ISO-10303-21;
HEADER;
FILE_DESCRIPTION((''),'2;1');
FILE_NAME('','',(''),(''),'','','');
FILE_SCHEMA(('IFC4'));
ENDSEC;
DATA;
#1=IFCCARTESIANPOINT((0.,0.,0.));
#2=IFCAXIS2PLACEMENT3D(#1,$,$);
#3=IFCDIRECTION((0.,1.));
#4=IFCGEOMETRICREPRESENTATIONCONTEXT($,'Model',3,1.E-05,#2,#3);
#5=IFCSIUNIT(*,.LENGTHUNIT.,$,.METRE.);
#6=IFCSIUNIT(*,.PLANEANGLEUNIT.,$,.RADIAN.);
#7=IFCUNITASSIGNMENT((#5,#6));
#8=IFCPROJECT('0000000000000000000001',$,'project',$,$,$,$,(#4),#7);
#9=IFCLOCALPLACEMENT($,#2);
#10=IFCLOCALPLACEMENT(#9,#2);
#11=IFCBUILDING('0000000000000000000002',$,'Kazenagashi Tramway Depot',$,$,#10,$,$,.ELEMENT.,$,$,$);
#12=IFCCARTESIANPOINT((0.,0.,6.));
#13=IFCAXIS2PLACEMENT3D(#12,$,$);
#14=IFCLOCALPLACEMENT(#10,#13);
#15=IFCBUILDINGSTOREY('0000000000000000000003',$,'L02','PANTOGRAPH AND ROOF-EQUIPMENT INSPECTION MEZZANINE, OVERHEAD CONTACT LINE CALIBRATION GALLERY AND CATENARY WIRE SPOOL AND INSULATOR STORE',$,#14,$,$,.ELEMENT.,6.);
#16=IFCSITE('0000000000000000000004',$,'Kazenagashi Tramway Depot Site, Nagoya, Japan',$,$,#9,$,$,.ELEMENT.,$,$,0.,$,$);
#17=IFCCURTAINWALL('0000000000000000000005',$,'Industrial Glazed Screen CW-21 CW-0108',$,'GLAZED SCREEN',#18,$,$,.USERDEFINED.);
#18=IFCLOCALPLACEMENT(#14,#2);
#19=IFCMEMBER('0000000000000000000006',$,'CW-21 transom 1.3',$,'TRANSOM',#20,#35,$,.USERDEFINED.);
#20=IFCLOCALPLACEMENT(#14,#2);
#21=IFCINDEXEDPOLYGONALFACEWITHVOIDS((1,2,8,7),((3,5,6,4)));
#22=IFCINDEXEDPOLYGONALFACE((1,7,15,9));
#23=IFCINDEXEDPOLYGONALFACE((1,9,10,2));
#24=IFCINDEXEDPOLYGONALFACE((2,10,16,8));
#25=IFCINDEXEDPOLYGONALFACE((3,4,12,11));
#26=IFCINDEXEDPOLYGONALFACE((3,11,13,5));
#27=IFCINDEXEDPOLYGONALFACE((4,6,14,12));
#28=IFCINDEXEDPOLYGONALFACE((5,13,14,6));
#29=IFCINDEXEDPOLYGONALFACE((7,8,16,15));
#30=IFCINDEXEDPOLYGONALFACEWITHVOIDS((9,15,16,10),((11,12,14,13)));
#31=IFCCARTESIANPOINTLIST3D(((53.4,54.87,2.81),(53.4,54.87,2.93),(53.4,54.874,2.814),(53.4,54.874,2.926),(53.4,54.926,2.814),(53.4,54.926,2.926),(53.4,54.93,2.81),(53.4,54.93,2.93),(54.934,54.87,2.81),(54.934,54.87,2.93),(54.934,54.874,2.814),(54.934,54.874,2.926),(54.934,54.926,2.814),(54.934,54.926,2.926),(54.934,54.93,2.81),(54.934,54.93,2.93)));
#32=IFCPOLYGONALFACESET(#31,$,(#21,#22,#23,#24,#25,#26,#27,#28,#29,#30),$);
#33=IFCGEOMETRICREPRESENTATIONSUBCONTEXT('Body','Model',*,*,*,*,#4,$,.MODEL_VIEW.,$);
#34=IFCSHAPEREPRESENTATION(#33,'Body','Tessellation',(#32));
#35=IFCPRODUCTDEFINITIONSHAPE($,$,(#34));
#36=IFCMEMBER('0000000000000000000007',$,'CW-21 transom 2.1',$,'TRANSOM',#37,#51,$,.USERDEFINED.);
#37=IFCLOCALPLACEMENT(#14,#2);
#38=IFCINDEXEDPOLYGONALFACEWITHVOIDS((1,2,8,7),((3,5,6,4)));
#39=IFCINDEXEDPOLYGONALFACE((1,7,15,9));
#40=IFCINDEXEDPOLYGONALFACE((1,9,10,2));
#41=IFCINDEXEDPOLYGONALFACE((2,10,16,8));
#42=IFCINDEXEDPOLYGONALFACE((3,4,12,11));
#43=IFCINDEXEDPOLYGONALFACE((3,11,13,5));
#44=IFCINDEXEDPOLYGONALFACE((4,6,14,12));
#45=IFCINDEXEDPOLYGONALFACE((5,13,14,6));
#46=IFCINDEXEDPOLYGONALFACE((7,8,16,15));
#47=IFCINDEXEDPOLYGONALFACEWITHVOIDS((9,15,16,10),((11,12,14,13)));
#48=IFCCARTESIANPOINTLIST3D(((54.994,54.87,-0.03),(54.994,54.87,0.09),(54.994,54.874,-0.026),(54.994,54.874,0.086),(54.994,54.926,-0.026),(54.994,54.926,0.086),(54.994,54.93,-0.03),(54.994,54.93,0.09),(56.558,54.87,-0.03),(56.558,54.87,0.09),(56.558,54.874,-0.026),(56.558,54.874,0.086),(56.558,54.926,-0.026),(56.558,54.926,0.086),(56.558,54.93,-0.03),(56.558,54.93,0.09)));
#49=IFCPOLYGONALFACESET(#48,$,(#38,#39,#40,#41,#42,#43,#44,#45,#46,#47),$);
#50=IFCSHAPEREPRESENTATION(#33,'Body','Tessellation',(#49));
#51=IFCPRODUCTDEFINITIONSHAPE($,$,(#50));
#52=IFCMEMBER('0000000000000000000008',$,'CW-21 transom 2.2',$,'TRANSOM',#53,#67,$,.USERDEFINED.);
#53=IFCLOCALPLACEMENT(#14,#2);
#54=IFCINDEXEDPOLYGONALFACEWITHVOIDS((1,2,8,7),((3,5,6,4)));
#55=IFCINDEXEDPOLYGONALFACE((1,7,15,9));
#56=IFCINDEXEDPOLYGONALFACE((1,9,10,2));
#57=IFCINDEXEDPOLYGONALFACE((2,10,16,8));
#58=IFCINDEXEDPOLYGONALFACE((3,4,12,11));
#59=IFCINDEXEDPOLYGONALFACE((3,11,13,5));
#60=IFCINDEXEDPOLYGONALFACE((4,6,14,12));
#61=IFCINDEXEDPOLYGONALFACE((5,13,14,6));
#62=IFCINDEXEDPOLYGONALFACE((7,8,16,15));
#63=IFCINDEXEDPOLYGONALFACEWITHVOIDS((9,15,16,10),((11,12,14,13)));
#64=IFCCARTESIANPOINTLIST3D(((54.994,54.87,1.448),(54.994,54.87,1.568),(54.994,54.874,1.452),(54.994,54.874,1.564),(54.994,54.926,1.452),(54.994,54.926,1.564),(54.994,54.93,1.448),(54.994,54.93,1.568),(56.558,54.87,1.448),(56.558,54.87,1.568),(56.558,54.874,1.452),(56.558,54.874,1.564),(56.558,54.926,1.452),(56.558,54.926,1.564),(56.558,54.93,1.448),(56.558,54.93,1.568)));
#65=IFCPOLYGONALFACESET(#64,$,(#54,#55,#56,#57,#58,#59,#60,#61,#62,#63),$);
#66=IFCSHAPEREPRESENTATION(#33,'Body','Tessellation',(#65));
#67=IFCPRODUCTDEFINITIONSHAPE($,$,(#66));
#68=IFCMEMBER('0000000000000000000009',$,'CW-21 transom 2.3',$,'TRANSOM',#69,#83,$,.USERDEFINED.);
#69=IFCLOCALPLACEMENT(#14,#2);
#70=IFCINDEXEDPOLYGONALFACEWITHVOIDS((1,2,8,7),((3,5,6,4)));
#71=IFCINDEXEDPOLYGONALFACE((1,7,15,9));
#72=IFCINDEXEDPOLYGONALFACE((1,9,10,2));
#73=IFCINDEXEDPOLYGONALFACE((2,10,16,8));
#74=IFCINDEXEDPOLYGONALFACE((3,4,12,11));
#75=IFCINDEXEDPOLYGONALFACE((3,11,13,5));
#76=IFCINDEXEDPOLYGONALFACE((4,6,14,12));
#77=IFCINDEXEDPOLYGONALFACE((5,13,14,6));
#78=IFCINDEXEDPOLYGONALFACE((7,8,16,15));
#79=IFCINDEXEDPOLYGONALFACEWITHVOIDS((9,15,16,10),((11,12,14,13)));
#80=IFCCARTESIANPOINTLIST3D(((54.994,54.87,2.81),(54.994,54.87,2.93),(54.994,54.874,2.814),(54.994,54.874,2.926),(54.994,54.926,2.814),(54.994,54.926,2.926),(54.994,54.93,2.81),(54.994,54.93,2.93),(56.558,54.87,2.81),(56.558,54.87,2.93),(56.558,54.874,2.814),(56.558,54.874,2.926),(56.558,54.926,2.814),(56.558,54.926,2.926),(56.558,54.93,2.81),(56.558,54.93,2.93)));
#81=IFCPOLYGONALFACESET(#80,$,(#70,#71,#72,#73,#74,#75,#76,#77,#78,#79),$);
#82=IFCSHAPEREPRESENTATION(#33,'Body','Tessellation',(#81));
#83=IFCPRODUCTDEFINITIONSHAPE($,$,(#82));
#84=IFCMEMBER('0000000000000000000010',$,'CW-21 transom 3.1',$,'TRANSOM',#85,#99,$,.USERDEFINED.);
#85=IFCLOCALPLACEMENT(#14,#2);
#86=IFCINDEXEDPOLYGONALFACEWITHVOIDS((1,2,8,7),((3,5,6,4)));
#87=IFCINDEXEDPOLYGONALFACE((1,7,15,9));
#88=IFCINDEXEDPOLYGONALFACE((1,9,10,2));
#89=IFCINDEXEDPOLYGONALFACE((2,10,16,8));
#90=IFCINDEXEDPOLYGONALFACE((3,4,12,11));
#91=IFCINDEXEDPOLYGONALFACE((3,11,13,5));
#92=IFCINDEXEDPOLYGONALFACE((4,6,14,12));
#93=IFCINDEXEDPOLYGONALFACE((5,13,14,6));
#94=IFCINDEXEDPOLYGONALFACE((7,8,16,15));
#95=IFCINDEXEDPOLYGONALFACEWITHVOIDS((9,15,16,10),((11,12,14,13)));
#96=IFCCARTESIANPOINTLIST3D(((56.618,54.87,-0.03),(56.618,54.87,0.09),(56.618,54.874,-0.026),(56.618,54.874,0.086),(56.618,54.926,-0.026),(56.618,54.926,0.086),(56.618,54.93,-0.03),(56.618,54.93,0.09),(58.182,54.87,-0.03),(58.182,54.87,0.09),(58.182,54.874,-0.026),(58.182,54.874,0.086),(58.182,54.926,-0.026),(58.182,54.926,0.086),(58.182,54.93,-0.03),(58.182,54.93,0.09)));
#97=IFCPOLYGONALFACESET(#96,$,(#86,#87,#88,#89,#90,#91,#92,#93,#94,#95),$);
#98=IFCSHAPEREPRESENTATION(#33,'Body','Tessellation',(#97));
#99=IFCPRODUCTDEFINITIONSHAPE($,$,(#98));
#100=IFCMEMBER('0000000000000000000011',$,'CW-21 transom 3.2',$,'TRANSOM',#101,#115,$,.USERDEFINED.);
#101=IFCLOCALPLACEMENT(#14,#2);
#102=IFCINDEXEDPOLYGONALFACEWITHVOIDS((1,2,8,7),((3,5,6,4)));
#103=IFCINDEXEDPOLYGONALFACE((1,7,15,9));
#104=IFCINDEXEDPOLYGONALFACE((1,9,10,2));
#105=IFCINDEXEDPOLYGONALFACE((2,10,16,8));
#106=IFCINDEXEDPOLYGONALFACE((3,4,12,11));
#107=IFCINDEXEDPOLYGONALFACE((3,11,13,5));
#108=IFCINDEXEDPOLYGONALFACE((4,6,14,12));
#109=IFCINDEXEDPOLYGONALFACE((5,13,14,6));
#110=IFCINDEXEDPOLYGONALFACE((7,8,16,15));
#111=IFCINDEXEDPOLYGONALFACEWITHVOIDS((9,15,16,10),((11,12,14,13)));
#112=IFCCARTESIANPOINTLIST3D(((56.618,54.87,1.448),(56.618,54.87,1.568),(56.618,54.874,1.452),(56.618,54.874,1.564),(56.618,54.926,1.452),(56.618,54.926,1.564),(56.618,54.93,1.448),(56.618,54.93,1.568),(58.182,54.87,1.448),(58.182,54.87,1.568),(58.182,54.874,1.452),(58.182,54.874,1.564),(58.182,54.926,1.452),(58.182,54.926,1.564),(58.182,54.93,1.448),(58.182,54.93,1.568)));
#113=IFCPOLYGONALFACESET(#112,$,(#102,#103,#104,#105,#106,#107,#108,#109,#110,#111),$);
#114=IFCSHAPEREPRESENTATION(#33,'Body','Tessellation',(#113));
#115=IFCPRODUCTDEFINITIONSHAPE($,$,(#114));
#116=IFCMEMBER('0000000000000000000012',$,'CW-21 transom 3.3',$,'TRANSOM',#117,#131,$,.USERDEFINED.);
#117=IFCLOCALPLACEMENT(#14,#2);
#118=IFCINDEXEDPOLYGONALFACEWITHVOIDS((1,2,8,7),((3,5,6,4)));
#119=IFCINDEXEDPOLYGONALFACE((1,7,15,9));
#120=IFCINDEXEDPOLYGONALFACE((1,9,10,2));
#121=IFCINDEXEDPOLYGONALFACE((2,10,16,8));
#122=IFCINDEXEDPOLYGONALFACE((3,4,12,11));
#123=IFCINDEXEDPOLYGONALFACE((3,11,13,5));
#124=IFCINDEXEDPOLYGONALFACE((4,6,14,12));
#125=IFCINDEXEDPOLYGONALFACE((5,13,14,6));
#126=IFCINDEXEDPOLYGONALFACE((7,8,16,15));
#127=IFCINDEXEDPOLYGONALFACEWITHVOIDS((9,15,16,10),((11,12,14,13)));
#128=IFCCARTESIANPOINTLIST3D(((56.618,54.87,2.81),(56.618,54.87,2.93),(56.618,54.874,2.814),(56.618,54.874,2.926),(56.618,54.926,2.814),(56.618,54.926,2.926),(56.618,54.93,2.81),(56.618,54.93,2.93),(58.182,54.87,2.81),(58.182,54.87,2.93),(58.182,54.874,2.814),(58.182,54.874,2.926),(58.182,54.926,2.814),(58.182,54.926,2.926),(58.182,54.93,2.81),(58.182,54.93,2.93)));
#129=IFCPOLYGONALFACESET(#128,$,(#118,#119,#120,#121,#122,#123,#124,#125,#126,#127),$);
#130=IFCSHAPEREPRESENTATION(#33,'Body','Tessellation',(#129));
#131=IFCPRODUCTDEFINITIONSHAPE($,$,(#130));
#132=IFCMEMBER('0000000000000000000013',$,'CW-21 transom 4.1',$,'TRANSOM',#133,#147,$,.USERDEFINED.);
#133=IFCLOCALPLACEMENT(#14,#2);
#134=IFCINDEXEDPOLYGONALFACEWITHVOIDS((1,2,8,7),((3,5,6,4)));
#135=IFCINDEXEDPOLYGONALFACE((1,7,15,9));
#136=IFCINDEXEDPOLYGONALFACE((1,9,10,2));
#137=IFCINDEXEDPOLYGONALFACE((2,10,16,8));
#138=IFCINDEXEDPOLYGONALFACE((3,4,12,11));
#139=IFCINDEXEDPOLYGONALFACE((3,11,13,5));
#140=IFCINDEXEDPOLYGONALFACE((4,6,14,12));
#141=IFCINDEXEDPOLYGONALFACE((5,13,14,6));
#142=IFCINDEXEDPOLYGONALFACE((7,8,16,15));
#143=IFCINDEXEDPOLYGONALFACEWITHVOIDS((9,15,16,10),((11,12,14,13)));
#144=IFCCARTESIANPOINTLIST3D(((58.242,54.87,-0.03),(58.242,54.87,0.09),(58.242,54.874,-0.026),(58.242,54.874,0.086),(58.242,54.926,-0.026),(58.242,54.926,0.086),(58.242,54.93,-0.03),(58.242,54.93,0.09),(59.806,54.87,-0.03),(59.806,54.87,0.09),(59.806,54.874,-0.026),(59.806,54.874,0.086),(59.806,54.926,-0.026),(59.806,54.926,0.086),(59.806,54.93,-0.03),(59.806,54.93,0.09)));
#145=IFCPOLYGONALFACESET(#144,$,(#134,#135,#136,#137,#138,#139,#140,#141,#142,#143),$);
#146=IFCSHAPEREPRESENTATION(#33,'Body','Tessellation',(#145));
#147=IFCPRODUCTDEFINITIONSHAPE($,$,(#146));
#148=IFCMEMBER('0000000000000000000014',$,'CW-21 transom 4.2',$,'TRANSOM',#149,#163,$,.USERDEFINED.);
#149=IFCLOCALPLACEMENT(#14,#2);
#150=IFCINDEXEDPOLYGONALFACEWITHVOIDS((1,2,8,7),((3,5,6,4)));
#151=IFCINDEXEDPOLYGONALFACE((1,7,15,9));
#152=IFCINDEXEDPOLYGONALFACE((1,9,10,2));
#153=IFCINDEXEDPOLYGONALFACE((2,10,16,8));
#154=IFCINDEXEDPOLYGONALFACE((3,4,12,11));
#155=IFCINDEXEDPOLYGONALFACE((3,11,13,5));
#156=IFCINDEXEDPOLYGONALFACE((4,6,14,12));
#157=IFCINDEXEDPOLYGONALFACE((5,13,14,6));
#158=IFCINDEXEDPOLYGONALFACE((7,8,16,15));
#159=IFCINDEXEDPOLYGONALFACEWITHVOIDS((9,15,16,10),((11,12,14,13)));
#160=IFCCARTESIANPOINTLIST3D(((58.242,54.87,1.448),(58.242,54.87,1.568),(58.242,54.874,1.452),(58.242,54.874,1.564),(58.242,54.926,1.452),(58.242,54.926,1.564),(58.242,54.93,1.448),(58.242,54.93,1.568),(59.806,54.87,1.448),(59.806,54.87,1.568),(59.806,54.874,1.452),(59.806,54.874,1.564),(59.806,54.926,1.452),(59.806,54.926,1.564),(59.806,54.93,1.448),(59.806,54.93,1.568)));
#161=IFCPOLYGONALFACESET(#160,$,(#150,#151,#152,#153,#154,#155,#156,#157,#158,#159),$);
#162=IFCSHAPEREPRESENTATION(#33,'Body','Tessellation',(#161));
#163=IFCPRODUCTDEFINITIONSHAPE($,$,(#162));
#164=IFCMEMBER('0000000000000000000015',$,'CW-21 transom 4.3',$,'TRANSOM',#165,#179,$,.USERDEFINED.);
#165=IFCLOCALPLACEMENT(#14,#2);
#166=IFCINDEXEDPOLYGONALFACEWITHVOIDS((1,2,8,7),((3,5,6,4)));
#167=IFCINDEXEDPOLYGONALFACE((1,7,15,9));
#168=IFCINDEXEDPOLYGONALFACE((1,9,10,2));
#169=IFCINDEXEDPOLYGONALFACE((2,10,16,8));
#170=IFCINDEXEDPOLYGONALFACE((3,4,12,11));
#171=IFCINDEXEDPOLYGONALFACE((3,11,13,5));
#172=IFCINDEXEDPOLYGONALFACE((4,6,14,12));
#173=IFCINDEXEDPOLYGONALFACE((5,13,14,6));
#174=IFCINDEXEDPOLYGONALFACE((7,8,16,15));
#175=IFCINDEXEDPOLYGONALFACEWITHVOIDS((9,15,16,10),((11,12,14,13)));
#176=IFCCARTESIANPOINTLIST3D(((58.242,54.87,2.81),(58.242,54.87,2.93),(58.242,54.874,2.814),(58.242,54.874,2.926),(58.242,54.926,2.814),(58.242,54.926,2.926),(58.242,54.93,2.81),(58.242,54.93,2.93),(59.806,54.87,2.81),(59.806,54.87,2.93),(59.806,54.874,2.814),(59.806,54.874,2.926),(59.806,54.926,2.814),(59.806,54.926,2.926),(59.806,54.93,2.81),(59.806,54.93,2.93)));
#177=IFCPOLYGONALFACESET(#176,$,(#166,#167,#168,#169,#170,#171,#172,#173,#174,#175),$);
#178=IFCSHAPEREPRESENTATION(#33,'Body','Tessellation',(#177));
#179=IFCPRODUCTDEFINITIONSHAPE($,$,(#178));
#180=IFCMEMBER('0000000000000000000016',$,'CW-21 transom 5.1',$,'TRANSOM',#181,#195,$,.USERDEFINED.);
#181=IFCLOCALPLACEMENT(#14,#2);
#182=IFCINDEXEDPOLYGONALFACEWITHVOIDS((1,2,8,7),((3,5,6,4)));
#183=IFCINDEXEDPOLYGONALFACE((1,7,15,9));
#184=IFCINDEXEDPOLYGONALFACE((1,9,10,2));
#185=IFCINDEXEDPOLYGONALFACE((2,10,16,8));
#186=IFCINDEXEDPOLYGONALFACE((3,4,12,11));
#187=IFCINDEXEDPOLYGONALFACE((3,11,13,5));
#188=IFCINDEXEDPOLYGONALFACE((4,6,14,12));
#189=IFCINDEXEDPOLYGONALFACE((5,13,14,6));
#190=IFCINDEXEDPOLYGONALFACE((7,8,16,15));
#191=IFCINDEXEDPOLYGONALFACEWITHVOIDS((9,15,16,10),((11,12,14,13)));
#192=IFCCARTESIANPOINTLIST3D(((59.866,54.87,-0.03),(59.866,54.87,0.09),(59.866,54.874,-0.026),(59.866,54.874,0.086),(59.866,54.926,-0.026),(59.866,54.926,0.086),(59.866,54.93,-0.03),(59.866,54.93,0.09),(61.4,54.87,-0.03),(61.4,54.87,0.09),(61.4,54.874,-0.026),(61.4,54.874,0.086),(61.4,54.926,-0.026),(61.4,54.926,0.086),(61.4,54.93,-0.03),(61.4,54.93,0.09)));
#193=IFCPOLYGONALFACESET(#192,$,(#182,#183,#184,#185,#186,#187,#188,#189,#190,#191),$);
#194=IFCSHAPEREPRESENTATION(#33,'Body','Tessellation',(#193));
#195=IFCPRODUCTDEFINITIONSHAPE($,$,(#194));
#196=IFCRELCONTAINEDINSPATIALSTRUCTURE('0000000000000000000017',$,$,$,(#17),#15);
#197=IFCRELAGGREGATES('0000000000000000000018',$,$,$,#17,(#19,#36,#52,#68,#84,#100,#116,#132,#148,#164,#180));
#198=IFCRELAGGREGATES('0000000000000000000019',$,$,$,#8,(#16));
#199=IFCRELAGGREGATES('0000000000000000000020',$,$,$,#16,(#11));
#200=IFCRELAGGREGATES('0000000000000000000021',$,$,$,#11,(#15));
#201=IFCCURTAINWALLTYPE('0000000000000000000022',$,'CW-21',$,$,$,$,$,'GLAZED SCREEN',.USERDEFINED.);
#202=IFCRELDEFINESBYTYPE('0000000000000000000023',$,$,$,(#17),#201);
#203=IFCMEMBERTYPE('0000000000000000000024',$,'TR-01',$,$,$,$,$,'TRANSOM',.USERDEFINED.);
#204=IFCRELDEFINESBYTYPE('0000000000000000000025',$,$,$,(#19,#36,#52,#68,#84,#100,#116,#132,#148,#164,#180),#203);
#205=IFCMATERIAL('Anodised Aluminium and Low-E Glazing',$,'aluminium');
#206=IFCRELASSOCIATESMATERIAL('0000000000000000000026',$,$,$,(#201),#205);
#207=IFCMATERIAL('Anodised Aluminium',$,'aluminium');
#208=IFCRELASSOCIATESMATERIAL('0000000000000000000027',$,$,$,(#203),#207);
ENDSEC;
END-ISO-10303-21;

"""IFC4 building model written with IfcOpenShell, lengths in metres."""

from ifc_helpers import new_model, si_unit, direction, frame, origin, origin_2d, place, context, subcontext, project, spatial, hollow_rectangle, extrude, material, material_profile, profile_set, type_object, element, aggregate, save


model = new_model("IFC4")

# Units and contexts
model_context = context("Model", 3, precision=1e-05, world=origin(), true_north=direction((0.0, 1.0)))
body_context = subcontext(model_context, "Body", "Model", "MODEL_VIEW")
ifc_project = project(units=[si_unit("LENGTHUNIT", "METRE"), si_unit("PLANEANGLEUNIT", "RADIAN")], contexts=[model_context])

# Site, building, storey
site_placement = place(None, origin())
site = spatial("IfcSite", under=ifc_project, at=site_placement, Name="Kazenagashi Tramway Depot Site, Nagoya, Japan", CompositionType="ELEMENT", RefElevation=0.0)
building_placement = place(site_placement, origin())
building = spatial("IfcBuilding", under=site, at=building_placement, Name="Kazenagashi Tramway Depot", CompositionType="ELEMENT")
storey_placement = place(building_placement, frame((0.0, 0.0, 6.0)))
storey = spatial("IfcBuildingStorey", under=building, at=storey_placement, Name="L02", Description="PANTOGRAPH AND ROOF-EQUIPMENT INSPECTION MEZZANINE, OVERHEAD CONTACT LINE CALIBRATION GALLERY AND CATENARY WIRE SPOOL AND INSULATOR STORE", CompositionType="ELEMENT", Elevation=6.0)

# Curtain wall, members
ifc_material_1 = material(Name="Anodised Aluminium and Low-E Glazing", Category="aluminium")
curtain_wall_type = type_object("IfcCurtainWallType", Name="CW-21", ElementType="GLAZED SCREEN", PredefinedType="USERDEFINED", material=ifc_material_1)
curtain_wall_placement = place(storey_placement, origin())
curtain_wall = element("IfcCurtainWall", 1, at=curtain_wall_placement, inside=storey, type_object=curtain_wall_type, Name="Industrial Glazed Screen CW-21 CW-0108", ObjectType="GLAZED SCREEN", PredefinedType="USERDEFINED")
ifc_material_2 = material(Name="Anodised Aluminium", Category="aluminium")
ifc_material_profile_1 = material_profile(ifc_material_2, hollow_rectangle(XDim=0.06, YDim=0.12, WallThickness=0.004, at=origin_2d()), Name="RHS-120x60x4")
ifc_profile_set_1 = profile_set([ifc_material_profile_1], Name="Anodised Aluminium")
member_type_1 = type_object("IfcMemberType", Name="TR-01", ElementType="TRANSOM", PredefinedType="USERDEFINED", material=ifc_profile_set_1)
member_1_placement = place(storey_placement, frame((53.4, 54.9, 2.87), z_axis=(1.0, 0.0, 0.0), x_axis=(0.0, 1.0, 0.0)))
member_1 = element("IfcMember", 2, at=member_1_placement, type_object=member_type_1, Name="CW-21 transom 1.3", ObjectType="TRANSOM", PredefinedType="USERDEFINED", context=body_context, shape_type="SweptSolid", body=[
    extrude(hollow_rectangle(XDim=0.06, YDim=0.12, WallThickness=0.004, at=origin_2d()), origin(), (0.0, 0.0, 1.0), 1.534),
])
member_2_placement = place(storey_placement, frame((54.994, 54.9, 0.03), z_axis=(1.0, 0.0, 0.0), x_axis=(0.0, 1.0, 0.0)))
member_2 = element("IfcMember", 3, at=member_2_placement, type_object=member_type_1, Name="CW-21 transom 2.1", ObjectType="TRANSOM", PredefinedType="USERDEFINED", context=body_context, shape_type="SweptSolid", body=[
    extrude(hollow_rectangle(XDim=0.06, YDim=0.12, WallThickness=0.004, at=origin_2d()), origin(), (0.0, 0.0, 1.0), 1.564),
])
member_3_placement = place(storey_placement, frame((54.994, 54.9, 1.508), z_axis=(1.0, 0.0, 0.0), x_axis=(0.0, 1.0, 0.0)))
member_3 = element("IfcMember", 4, at=member_3_placement, type_object=member_type_1, Name="CW-21 transom 2.2", ObjectType="TRANSOM", PredefinedType="USERDEFINED", context=body_context, shape_type="SweptSolid", body=[
    extrude(hollow_rectangle(XDim=0.06, YDim=0.12, WallThickness=0.004, at=origin_2d()), origin(), (0.0, 0.0, 1.0), 1.564),
])
member_4_placement = place(storey_placement, frame((54.994, 54.9, 2.87), z_axis=(1.0, 0.0, 0.0), x_axis=(0.0, 1.0, 0.0)))
member_4 = element("IfcMember", 5, at=member_4_placement, type_object=member_type_1, Name="CW-21 transom 2.3", ObjectType="TRANSOM", PredefinedType="USERDEFINED", context=body_context, shape_type="SweptSolid", body=[
    extrude(hollow_rectangle(XDim=0.06, YDim=0.12, WallThickness=0.004, at=origin_2d()), origin(), (0.0, 0.0, 1.0), 1.564),
])
member_5_placement = place(storey_placement, frame((56.618, 54.9, 0.03), z_axis=(1.0, 0.0, 0.0), x_axis=(0.0, 1.0, 0.0)))
member_5 = element("IfcMember", 6, at=member_5_placement, type_object=member_type_1, Name="CW-21 transom 3.1", ObjectType="TRANSOM", PredefinedType="USERDEFINED", context=body_context, shape_type="SweptSolid", body=[
    extrude(hollow_rectangle(XDim=0.06, YDim=0.12, WallThickness=0.004, at=origin_2d()), origin(), (0.0, 0.0, 1.0), 1.564),
])
member_6_placement = place(storey_placement, frame((56.618, 54.9, 1.508), z_axis=(1.0, 0.0, 0.0), x_axis=(0.0, 1.0, 0.0)))
member_6 = element("IfcMember", 7, at=member_6_placement, type_object=member_type_1, Name="CW-21 transom 3.2", ObjectType="TRANSOM", PredefinedType="USERDEFINED", context=body_context, shape_type="SweptSolid", body=[
    extrude(hollow_rectangle(XDim=0.06, YDim=0.12, WallThickness=0.004, at=origin_2d()), origin(), (0.0, 0.0, 1.0), 1.564),
])
member_7_placement = place(storey_placement, frame((56.618, 54.9, 2.87), z_axis=(1.0, 0.0, 0.0), x_axis=(0.0, 1.0, 0.0)))
member_7 = element("IfcMember", 8, at=member_7_placement, type_object=member_type_1, Name="CW-21 transom 3.3", ObjectType="TRANSOM", PredefinedType="USERDEFINED", context=body_context, shape_type="SweptSolid", body=[
    extrude(hollow_rectangle(XDim=0.06, YDim=0.12, WallThickness=0.004, at=origin_2d()), origin(), (0.0, 0.0, 1.0), 1.564),
])
member_8_placement = place(storey_placement, frame((58.242, 54.9, 0.03), z_axis=(1.0, 0.0, 0.0), x_axis=(0.0, 1.0, 0.0)))
member_8 = element("IfcMember", 9, at=member_8_placement, type_object=member_type_1, Name="CW-21 transom 4.1", ObjectType="TRANSOM", PredefinedType="USERDEFINED", context=body_context, shape_type="SweptSolid", body=[
    extrude(hollow_rectangle(XDim=0.06, YDim=0.12, WallThickness=0.004, at=origin_2d()), origin(), (0.0, 0.0, 1.0), 1.564),
])
member_9_placement = place(storey_placement, frame((58.242, 54.9, 1.508), z_axis=(1.0, 0.0, 0.0), x_axis=(0.0, 1.0, 0.0)))
member_9 = element("IfcMember", 10, at=member_9_placement, type_object=member_type_1, Name="CW-21 transom 4.2", ObjectType="TRANSOM", PredefinedType="USERDEFINED", context=body_context, shape_type="SweptSolid", body=[
    extrude(hollow_rectangle(XDim=0.06, YDim=0.12, WallThickness=0.004, at=origin_2d()), origin(), (0.0, 0.0, 1.0), 1.564),
])
member_10_placement = place(storey_placement, frame((58.242, 54.9, 2.87), z_axis=(1.0, 0.0, 0.0), x_axis=(0.0, 1.0, 0.0)))
member_10 = element("IfcMember", 11, at=member_10_placement, type_object=member_type_1, Name="CW-21 transom 4.3", ObjectType="TRANSOM", PredefinedType="USERDEFINED", context=body_context, shape_type="SweptSolid", body=[
    extrude(hollow_rectangle(XDim=0.06, YDim=0.12, WallThickness=0.004, at=origin_2d()), origin(), (0.0, 0.0, 1.0), 1.564),
])
member_11_placement = place(storey_placement, frame((59.866, 54.9, 0.03), z_axis=(1.0, 0.0, 0.0), x_axis=(0.0, 1.0, 0.0)))
member_11 = element("IfcMember", 12, at=member_11_placement, type_object=member_type_1, Name="CW-21 transom 5.1", ObjectType="TRANSOM", PredefinedType="USERDEFINED", context=body_context, shape_type="SweptSolid", body=[
    extrude(hollow_rectangle(XDim=0.06, YDim=0.12, WallThickness=0.004, at=origin_2d()), origin(), (0.0, 0.0, 1.0), 1.534),
])
aggregate(curtain_wall, [member_1, member_2, member_3, member_4, member_5, member_6, member_7, member_8, member_9, member_10, member_11])

save(model, "model.ifc")
